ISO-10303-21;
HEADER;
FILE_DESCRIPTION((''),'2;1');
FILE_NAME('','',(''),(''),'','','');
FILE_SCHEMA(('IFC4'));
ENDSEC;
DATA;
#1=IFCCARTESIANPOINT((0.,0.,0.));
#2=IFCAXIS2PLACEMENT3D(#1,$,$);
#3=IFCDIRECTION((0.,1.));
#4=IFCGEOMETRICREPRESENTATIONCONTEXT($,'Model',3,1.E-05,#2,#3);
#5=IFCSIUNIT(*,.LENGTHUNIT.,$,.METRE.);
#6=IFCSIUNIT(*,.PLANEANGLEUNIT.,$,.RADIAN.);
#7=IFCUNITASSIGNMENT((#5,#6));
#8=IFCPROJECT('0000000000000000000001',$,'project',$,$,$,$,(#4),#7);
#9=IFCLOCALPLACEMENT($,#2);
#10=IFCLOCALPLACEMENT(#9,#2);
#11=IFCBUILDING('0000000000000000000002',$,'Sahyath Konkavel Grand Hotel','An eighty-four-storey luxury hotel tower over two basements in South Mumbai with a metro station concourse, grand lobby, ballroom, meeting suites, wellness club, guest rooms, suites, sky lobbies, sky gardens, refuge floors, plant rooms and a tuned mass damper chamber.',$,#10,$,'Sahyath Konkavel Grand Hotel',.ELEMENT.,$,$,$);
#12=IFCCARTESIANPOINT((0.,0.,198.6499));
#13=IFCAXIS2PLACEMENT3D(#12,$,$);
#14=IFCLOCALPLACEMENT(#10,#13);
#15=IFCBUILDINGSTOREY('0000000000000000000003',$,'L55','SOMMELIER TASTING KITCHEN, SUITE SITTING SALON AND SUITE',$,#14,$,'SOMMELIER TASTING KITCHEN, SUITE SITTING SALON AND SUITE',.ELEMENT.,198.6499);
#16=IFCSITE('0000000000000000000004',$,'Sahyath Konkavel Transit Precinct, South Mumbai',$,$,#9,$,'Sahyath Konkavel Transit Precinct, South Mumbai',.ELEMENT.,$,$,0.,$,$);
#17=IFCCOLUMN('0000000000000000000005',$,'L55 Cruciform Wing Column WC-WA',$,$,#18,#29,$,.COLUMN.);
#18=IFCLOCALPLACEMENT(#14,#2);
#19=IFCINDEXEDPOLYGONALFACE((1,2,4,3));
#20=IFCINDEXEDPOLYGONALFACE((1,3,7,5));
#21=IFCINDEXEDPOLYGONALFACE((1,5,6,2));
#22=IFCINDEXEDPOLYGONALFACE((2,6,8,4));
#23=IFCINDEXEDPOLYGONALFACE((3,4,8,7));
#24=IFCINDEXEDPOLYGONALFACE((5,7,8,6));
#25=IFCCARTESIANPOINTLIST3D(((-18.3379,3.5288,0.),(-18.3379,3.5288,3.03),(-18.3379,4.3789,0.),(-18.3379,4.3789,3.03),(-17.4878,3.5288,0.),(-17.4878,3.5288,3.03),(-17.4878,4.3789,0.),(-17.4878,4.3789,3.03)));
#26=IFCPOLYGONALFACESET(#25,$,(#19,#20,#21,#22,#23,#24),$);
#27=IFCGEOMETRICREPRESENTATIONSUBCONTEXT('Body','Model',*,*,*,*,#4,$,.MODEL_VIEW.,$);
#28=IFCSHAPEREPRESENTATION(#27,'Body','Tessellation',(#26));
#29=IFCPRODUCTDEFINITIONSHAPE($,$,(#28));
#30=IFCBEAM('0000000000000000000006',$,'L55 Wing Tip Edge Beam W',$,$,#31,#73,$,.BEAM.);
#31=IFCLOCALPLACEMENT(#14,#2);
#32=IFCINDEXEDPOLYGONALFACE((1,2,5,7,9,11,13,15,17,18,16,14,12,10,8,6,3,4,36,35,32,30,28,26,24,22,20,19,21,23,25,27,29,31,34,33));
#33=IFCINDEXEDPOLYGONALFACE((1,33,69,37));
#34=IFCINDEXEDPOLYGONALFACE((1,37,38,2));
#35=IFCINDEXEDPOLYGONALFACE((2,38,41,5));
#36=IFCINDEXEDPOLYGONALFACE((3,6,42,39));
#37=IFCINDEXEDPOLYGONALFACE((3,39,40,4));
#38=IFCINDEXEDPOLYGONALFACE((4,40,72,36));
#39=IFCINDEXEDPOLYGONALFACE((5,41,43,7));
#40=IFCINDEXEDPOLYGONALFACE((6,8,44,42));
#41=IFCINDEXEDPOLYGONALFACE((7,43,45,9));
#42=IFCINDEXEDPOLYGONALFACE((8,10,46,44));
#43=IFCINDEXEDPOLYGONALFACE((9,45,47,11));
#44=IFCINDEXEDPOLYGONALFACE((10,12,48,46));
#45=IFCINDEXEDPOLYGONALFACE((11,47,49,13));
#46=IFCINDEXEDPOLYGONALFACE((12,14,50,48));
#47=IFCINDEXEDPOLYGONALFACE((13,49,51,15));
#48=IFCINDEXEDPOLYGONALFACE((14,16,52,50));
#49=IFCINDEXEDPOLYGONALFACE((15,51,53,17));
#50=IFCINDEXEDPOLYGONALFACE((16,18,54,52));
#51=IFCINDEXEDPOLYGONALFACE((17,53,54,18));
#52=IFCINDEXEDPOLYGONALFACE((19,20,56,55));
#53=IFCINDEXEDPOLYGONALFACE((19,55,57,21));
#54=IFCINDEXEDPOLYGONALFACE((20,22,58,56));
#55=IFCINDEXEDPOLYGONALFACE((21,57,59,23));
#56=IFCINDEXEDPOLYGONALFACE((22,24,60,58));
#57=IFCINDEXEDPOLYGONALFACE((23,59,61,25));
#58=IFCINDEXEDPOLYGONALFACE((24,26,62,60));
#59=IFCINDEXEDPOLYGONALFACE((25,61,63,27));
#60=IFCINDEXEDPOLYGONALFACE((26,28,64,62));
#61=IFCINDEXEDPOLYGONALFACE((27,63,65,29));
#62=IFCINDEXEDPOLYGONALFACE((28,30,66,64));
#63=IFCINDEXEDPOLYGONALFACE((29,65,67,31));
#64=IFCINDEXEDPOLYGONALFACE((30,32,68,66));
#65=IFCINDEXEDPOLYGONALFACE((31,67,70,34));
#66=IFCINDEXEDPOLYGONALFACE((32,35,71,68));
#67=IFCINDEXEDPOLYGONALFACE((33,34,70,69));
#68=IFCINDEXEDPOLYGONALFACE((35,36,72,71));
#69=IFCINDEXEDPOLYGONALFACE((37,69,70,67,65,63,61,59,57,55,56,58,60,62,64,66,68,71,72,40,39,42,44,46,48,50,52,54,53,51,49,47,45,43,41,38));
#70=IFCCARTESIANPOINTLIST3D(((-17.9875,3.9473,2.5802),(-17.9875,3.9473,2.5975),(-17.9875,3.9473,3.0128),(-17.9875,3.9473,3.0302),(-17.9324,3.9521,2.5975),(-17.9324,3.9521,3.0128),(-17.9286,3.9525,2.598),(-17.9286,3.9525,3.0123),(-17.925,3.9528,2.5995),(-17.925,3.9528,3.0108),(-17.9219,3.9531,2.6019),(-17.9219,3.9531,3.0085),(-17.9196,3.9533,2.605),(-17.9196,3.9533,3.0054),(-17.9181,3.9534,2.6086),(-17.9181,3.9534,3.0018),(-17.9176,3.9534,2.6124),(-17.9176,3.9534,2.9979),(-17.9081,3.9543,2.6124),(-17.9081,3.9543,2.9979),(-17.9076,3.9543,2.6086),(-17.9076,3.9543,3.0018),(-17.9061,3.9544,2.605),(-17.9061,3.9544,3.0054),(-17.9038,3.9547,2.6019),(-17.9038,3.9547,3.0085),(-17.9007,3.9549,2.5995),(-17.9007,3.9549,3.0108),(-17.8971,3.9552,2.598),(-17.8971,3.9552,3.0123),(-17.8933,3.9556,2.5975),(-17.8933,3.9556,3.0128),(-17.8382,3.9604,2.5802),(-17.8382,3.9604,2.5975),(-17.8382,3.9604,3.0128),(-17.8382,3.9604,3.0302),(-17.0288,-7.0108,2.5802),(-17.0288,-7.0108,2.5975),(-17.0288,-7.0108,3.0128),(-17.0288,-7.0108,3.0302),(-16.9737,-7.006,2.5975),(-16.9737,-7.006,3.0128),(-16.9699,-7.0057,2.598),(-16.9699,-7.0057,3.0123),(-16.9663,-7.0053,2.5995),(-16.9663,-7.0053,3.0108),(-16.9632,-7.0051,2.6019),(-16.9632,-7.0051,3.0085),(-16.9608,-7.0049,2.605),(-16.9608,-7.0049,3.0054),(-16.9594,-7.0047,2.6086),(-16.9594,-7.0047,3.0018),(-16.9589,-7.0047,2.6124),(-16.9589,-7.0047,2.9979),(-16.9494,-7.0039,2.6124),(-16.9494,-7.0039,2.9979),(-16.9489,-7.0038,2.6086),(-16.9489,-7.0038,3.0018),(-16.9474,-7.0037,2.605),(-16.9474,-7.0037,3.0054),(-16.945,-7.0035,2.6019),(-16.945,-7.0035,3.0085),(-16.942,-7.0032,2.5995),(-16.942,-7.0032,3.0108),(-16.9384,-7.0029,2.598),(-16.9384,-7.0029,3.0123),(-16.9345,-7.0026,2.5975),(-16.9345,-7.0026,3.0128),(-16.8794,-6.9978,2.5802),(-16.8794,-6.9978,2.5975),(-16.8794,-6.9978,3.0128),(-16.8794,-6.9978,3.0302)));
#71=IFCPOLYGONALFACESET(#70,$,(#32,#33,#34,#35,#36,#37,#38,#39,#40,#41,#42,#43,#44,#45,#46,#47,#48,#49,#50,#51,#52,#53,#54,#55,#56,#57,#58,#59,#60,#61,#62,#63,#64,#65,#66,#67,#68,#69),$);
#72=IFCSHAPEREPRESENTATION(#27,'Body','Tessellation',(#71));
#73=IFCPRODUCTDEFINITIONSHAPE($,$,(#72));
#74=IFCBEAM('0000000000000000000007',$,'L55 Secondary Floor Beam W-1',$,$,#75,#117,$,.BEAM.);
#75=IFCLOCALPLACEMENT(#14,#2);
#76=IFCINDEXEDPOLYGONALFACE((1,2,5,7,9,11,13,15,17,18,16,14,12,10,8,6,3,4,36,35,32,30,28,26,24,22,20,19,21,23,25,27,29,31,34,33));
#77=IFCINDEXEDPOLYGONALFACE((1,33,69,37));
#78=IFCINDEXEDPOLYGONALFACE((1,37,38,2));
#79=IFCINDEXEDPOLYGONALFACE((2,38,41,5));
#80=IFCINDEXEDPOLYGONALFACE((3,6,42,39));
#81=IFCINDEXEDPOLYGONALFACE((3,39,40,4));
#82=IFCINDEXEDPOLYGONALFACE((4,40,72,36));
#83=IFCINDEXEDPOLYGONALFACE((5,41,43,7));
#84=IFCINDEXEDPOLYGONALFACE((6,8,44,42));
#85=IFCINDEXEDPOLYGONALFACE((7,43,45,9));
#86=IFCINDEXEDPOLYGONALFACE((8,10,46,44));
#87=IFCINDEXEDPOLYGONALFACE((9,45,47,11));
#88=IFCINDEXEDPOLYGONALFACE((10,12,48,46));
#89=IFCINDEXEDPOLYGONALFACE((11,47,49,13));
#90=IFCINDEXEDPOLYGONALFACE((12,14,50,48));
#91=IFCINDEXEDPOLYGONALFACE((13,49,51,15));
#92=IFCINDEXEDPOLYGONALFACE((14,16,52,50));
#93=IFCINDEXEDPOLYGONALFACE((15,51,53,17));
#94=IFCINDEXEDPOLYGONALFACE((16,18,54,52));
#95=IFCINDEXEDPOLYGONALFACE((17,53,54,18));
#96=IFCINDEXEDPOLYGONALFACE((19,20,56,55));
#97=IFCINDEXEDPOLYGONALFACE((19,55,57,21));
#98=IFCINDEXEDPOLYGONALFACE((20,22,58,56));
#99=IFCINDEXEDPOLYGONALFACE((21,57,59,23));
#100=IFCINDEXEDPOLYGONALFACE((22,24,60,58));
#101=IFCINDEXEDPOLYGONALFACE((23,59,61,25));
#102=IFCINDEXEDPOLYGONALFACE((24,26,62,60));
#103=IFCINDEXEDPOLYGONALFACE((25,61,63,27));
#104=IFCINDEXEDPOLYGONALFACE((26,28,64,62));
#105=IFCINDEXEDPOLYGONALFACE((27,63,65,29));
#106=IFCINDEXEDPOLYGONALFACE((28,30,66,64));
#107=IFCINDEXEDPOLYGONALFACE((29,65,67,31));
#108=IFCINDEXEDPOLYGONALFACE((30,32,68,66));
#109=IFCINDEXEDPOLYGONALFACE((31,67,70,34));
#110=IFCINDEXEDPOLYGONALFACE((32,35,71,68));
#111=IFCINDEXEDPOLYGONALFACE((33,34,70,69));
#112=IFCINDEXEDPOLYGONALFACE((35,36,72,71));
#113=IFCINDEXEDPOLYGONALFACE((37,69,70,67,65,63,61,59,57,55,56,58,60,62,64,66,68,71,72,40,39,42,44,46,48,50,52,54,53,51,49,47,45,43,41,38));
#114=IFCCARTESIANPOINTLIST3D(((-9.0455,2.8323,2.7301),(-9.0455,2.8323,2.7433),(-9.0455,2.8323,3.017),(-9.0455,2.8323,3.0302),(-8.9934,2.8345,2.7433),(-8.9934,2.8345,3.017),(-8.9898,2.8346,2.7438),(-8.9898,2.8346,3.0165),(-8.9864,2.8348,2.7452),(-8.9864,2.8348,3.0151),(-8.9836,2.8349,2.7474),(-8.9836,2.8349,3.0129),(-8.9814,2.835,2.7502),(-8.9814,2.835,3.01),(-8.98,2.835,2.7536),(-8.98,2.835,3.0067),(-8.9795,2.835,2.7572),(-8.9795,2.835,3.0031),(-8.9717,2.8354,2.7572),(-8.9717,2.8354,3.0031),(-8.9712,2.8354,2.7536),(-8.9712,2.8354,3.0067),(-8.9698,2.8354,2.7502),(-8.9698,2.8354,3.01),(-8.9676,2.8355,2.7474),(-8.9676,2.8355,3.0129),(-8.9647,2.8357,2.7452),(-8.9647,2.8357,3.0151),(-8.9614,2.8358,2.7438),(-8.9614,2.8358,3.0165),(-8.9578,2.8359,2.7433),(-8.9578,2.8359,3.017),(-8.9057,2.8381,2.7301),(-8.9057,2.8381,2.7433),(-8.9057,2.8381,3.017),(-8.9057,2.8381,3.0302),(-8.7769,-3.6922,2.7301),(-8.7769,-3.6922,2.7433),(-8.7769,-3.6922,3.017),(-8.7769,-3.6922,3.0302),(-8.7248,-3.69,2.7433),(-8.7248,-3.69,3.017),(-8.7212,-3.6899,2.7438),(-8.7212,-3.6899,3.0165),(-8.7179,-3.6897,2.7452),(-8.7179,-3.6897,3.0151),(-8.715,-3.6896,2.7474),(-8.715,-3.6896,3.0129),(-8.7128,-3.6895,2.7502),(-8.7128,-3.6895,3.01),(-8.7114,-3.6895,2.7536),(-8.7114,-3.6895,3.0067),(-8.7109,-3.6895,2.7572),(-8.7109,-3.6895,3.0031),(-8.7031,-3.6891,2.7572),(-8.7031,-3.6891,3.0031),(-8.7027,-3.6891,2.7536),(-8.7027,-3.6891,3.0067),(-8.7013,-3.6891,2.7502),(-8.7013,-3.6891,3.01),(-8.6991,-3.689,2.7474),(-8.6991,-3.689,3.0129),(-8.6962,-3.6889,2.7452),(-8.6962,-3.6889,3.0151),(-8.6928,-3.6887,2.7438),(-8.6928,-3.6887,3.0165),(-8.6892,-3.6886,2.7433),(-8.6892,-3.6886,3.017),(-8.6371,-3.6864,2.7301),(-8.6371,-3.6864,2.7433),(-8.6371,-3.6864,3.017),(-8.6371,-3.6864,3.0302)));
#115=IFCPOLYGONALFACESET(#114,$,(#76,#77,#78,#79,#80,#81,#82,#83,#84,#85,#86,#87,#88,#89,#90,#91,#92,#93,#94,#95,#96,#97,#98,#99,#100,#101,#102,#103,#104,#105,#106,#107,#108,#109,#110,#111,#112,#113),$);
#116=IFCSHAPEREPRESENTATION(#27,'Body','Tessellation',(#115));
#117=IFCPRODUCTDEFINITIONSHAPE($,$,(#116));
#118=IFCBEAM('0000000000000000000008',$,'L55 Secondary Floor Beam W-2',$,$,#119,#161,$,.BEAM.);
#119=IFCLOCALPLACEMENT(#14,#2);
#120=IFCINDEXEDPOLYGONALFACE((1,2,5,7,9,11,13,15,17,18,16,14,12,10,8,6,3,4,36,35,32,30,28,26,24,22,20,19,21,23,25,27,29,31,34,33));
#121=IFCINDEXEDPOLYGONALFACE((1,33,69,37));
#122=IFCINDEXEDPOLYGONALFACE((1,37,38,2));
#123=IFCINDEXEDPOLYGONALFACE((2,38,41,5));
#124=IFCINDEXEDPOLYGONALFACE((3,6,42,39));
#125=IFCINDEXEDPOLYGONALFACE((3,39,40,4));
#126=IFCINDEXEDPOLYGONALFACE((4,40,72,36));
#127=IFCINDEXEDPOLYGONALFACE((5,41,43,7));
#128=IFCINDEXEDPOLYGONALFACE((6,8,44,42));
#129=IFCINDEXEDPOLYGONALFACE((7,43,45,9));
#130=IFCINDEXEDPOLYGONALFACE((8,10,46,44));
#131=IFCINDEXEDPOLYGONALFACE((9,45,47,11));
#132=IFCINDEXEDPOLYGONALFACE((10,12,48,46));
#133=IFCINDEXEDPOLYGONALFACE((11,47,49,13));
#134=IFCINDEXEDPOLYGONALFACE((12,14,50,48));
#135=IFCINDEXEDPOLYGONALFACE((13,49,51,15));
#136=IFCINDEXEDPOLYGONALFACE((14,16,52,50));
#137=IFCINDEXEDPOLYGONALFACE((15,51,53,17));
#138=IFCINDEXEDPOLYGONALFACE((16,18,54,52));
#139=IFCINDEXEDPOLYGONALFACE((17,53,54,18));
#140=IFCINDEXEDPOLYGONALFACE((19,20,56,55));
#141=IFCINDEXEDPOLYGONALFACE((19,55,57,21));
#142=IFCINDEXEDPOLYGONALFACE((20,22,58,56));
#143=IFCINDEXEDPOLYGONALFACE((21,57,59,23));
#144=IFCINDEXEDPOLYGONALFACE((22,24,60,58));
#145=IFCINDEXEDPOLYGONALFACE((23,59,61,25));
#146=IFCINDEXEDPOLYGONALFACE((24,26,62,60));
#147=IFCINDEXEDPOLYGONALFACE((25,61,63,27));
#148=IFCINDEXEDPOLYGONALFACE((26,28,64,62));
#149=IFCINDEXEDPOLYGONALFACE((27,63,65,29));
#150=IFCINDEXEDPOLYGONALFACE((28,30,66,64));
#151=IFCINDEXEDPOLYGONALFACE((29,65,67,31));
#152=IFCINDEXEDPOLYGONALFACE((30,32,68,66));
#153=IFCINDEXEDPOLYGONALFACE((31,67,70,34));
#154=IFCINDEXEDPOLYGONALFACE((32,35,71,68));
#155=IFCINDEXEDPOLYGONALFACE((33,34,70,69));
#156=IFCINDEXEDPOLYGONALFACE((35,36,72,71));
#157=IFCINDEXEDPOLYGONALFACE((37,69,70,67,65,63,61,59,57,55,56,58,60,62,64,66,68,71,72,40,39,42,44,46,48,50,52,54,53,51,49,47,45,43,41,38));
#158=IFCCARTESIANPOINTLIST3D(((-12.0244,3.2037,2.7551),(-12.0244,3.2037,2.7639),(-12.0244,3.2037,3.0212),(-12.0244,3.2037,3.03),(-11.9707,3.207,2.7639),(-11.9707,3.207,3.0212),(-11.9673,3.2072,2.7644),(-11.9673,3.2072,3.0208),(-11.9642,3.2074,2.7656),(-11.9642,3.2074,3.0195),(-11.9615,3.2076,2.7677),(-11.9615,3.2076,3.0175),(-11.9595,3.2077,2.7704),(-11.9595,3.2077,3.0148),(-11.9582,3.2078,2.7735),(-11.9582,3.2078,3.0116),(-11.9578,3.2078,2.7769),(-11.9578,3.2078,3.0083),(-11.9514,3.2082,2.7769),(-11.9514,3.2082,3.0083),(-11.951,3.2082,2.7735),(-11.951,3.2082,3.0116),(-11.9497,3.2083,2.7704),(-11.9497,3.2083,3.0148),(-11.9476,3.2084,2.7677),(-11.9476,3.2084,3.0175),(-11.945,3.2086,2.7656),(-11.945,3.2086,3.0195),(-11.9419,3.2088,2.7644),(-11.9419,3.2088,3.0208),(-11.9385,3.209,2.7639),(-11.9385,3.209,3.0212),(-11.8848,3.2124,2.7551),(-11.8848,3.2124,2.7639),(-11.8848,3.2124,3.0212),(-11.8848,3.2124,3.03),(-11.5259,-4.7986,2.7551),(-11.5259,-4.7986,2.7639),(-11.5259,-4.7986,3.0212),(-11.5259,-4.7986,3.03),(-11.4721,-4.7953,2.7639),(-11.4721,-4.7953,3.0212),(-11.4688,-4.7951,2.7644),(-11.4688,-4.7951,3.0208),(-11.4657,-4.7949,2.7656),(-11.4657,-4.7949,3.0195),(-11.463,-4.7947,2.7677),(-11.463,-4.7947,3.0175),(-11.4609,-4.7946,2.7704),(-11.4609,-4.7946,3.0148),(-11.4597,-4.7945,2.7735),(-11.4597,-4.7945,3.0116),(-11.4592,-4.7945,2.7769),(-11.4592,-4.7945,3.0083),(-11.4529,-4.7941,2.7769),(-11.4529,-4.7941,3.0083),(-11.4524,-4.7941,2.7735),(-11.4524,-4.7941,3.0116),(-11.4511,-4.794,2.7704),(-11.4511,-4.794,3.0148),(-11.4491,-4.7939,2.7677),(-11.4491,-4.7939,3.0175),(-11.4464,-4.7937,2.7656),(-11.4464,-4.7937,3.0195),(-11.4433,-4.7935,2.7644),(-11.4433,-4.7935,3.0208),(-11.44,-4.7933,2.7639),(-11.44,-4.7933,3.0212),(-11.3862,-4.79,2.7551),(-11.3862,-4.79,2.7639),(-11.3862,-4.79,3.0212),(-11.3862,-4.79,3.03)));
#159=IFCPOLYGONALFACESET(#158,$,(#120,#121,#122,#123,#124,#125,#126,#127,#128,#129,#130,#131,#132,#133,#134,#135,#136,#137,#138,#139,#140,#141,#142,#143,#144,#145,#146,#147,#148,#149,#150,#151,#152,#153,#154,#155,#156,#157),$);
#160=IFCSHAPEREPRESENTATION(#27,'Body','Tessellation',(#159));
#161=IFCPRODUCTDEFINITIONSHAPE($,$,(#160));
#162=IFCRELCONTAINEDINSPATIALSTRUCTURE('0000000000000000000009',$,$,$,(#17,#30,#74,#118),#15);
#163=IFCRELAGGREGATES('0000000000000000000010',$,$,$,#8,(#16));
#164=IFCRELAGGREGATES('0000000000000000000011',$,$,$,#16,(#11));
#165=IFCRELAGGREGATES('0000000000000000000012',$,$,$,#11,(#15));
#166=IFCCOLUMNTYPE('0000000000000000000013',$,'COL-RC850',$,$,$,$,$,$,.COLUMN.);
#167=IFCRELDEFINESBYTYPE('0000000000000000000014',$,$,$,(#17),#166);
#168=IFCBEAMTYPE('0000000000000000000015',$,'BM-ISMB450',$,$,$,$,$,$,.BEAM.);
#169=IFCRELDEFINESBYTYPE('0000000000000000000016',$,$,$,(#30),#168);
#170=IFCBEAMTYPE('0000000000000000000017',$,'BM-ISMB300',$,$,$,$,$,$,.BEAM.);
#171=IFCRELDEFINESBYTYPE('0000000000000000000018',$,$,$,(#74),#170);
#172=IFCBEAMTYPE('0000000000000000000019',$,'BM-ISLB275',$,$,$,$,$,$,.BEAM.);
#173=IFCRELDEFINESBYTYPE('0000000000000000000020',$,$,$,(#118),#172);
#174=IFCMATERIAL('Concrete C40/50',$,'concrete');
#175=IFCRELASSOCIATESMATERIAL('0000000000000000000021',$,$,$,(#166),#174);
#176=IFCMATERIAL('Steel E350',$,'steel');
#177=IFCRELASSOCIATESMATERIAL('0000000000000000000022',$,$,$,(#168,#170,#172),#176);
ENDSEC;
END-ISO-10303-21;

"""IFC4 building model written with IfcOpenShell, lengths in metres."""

from ifc_helpers import new_model, si_unit, direction, frame, origin, origin_2d, place, context, subcontext, project, spatial, rectangle, i_section, extrude, source, transform, mapped, material, material_profile, profile_set, type_object, element, save


model = new_model("IFC4")

# Units and contexts
model_context = context("Model", 3, precision=1e-05, world=origin(), true_north=direction((0.0, 1.0)))
body_context = subcontext(model_context, "Body", "Model", "MODEL_VIEW")
ifc_project = project(units=[si_unit("LENGTHUNIT", "METRE"), si_unit("PLANEANGLEUNIT", "RADIAN")], contexts=[model_context])

# Site, building, storey
site_placement = place(None, origin())
site = spatial("IfcSite", under=ifc_project, at=site_placement, Name="Sahyath Konkavel Transit Precinct, South Mumbai", LongName="Sahyath Konkavel Transit Precinct, South Mumbai", CompositionType="ELEMENT", RefElevation=0.0)
building_placement = place(site_placement, origin())
building = spatial("IfcBuilding", under=site, at=building_placement, Name="Sahyath Konkavel Grand Hotel", Description="An eighty-four-storey luxury hotel tower over two basements in South Mumbai with a metro station concourse, grand lobby, ballroom, meeting suites, wellness club, guest rooms, suites, sky lobbies, sky gardens, refuge floors, plant rooms and a tuned mass damper chamber.", LongName="Sahyath Konkavel Grand Hotel", CompositionType="ELEMENT")
storey_placement = place(building_placement, frame((0.0, 0.0, 198.6499)))
storey = spatial("IfcBuildingStorey", under=building, at=storey_placement, Name="L55", Description="SOMMELIER TASTING KITCHEN, SUITE SITTING SALON AND SUITE", LongName="SOMMELIER TASTING KITCHEN, SUITE SITTING SALON AND SUITE", CompositionType="ELEMENT", Elevation=198.6499)

# Column
ifc_material_1 = material(Name="Concrete C40/50", Category="concrete")
ifc_material_profile_1 = material_profile(ifc_material_1, rectangle(XDim=0.8501, YDim=0.8501, at=origin_2d()), Name="RC 850x850")
ifc_profile_set_1 = profile_set([ifc_material_profile_1], Name="Concrete C40/50")
column_type = type_object("IfcColumnType", Name="COL-RC850", PredefinedType="COLUMN", material=ifc_profile_set_1)
shared_shape_1 = source(origin(), body_context, "Body", "SweptSolid", [
    extrude(rectangle(XDim=0.8501, YDim=0.8501, at=origin_2d()), origin(), (0.0, 0.0, 1.0), 3.03),
])
column_placement = place(storey_placement, frame((-17.9128, 3.9539, 0.0), z_axis=(0.0, 0.0, 1.0), x_axis=(1.0, 0.0, 0.0)))
element("IfcColumn", 1, at=column_placement, inside=storey, type_object=column_type, Name="L55 Cruciform Wing Column WC-WA", PredefinedType="COLUMN", context=body_context, shape_type="MappedRepresentation", body=[
    mapped(shared_shape_1, transform((0.0, 0.0, 0.0), scale=1.0)),
])

# Beams
ifc_material_2 = material(Name="Steel E350", Category="steel")
ifc_material_profile_2 = material_profile(ifc_material_2, i_section(OverallWidth=0.1499, OverallDepth=0.45, WebThickness=0.0095, FlangeThickness=0.0173, FilletRadius=0.0149, at=origin_2d()), Name="ISMB 450")
ifc_profile_set_2 = profile_set([ifc_material_profile_2], Name="Steel E350")
beam_type_1 = type_object("IfcBeamType", Name="BM-ISMB450", PredefinedType="BEAM", material=ifc_profile_set_2)
shared_shape_2 = source(origin(), body_context, "Body", "SweptSolid", [
    extrude(i_section(OverallWidth=0.1499, OverallDepth=0.45, WebThickness=0.0095, FlangeThickness=0.0173, FilletRadius=0.0149, at=origin_2d()), origin(), (0.0, 0.0, 1.0), 11.0),
])
beam_1_placement = place(storey_placement, frame((-17.9128, 3.9539, 2.8052), z_axis=(0.087157, -0.996195, 0.0), x_axis=(0.996195, 0.087157, 0.0)))
element("IfcBeam", 2, at=beam_1_placement, inside=storey, type_object=beam_type_1, Name="L55 Wing Tip Edge Beam W", PredefinedType="BEAM", context=body_context, shape_type="MappedRepresentation", body=[
    mapped(shared_shape_2, transform((0.0, 0.0, 0.0), scale=1.0)),
])
ifc_material_profile_3 = material_profile(ifc_material_2, i_section(OverallWidth=0.1399, OverallDepth=0.3, WebThickness=0.0078, FlangeThickness=0.0132, FilletRadius=0.0139, at=origin_2d()), Name="ISMB 300")
ifc_profile_set_3 = profile_set([ifc_material_profile_3], Name="Steel E350")
beam_type_2 = type_object("IfcBeamType", Name="BM-ISMB300", PredefinedType="BEAM", material=ifc_profile_set_3)
shared_shape_3 = source(origin(), body_context, "Body", "SweptSolid", [
    extrude(i_section(OverallWidth=0.1399, OverallDepth=0.3, WebThickness=0.0078, FlangeThickness=0.0132, FilletRadius=0.0139, at=origin_2d()), origin(), (0.0, 0.0, 1.0), 6.53),
])
beam_2_placement = place(storey_placement, frame((-8.9756, 2.8352, 2.8801), z_axis=(0.041127, -0.999154, 0.0), x_axis=(0.999154, 0.041127, 0.0)))
element("IfcBeam", 3, at=beam_2_placement, inside=storey, type_object=beam_type_2, Name="L55 Secondary Floor Beam W-1", PredefinedType="BEAM", context=body_context, shape_type="MappedRepresentation", body=[
    mapped(shared_shape_3, transform((0.0, 0.0, 0.0), scale=1.0)),
])
ifc_material_profile_4 = material_profile(ifc_material_2, i_section(OverallWidth=0.1399, OverallDepth=0.2749, WebThickness=0.0063, FlangeThickness=0.0088, FilletRadius=0.0129, at=origin_2d()), Name="ISLB 275")
ifc_profile_set_4 = profile_set([ifc_material_profile_4], Name="Steel E350")
beam_type_3 = type_object("IfcBeamType", Name="BM-ISLB275", PredefinedType="BEAM", material=ifc_profile_set_4)
shared_shape_4 = source(origin(), body_context, "Body", "SweptSolid", [
    extrude(i_section(OverallWidth=0.1399, OverallDepth=0.2749, WebThickness=0.0063, FlangeThickness=0.0088, FilletRadius=0.0129, at=origin_2d()), origin(), (0.0, 0.0, 1.0), 8.0178),
])
beam_3_placement = place(storey_placement, frame((-11.9546, 3.208, 2.8926), z_axis=(0.062179, -0.998065, 0.0), x_axis=(0.998065, 0.062179, 0.0)))
element("IfcBeam", 4, at=beam_3_placement, inside=storey, type_object=beam_type_3, Name="L55 Secondary Floor Beam W-2", PredefinedType="BEAM", context=body_context, shape_type="MappedRepresentation", body=[
    mapped(shared_shape_4, transform((0.0, 0.0, 0.0), scale=1.0)),
])

save(model, "model.ifc")
